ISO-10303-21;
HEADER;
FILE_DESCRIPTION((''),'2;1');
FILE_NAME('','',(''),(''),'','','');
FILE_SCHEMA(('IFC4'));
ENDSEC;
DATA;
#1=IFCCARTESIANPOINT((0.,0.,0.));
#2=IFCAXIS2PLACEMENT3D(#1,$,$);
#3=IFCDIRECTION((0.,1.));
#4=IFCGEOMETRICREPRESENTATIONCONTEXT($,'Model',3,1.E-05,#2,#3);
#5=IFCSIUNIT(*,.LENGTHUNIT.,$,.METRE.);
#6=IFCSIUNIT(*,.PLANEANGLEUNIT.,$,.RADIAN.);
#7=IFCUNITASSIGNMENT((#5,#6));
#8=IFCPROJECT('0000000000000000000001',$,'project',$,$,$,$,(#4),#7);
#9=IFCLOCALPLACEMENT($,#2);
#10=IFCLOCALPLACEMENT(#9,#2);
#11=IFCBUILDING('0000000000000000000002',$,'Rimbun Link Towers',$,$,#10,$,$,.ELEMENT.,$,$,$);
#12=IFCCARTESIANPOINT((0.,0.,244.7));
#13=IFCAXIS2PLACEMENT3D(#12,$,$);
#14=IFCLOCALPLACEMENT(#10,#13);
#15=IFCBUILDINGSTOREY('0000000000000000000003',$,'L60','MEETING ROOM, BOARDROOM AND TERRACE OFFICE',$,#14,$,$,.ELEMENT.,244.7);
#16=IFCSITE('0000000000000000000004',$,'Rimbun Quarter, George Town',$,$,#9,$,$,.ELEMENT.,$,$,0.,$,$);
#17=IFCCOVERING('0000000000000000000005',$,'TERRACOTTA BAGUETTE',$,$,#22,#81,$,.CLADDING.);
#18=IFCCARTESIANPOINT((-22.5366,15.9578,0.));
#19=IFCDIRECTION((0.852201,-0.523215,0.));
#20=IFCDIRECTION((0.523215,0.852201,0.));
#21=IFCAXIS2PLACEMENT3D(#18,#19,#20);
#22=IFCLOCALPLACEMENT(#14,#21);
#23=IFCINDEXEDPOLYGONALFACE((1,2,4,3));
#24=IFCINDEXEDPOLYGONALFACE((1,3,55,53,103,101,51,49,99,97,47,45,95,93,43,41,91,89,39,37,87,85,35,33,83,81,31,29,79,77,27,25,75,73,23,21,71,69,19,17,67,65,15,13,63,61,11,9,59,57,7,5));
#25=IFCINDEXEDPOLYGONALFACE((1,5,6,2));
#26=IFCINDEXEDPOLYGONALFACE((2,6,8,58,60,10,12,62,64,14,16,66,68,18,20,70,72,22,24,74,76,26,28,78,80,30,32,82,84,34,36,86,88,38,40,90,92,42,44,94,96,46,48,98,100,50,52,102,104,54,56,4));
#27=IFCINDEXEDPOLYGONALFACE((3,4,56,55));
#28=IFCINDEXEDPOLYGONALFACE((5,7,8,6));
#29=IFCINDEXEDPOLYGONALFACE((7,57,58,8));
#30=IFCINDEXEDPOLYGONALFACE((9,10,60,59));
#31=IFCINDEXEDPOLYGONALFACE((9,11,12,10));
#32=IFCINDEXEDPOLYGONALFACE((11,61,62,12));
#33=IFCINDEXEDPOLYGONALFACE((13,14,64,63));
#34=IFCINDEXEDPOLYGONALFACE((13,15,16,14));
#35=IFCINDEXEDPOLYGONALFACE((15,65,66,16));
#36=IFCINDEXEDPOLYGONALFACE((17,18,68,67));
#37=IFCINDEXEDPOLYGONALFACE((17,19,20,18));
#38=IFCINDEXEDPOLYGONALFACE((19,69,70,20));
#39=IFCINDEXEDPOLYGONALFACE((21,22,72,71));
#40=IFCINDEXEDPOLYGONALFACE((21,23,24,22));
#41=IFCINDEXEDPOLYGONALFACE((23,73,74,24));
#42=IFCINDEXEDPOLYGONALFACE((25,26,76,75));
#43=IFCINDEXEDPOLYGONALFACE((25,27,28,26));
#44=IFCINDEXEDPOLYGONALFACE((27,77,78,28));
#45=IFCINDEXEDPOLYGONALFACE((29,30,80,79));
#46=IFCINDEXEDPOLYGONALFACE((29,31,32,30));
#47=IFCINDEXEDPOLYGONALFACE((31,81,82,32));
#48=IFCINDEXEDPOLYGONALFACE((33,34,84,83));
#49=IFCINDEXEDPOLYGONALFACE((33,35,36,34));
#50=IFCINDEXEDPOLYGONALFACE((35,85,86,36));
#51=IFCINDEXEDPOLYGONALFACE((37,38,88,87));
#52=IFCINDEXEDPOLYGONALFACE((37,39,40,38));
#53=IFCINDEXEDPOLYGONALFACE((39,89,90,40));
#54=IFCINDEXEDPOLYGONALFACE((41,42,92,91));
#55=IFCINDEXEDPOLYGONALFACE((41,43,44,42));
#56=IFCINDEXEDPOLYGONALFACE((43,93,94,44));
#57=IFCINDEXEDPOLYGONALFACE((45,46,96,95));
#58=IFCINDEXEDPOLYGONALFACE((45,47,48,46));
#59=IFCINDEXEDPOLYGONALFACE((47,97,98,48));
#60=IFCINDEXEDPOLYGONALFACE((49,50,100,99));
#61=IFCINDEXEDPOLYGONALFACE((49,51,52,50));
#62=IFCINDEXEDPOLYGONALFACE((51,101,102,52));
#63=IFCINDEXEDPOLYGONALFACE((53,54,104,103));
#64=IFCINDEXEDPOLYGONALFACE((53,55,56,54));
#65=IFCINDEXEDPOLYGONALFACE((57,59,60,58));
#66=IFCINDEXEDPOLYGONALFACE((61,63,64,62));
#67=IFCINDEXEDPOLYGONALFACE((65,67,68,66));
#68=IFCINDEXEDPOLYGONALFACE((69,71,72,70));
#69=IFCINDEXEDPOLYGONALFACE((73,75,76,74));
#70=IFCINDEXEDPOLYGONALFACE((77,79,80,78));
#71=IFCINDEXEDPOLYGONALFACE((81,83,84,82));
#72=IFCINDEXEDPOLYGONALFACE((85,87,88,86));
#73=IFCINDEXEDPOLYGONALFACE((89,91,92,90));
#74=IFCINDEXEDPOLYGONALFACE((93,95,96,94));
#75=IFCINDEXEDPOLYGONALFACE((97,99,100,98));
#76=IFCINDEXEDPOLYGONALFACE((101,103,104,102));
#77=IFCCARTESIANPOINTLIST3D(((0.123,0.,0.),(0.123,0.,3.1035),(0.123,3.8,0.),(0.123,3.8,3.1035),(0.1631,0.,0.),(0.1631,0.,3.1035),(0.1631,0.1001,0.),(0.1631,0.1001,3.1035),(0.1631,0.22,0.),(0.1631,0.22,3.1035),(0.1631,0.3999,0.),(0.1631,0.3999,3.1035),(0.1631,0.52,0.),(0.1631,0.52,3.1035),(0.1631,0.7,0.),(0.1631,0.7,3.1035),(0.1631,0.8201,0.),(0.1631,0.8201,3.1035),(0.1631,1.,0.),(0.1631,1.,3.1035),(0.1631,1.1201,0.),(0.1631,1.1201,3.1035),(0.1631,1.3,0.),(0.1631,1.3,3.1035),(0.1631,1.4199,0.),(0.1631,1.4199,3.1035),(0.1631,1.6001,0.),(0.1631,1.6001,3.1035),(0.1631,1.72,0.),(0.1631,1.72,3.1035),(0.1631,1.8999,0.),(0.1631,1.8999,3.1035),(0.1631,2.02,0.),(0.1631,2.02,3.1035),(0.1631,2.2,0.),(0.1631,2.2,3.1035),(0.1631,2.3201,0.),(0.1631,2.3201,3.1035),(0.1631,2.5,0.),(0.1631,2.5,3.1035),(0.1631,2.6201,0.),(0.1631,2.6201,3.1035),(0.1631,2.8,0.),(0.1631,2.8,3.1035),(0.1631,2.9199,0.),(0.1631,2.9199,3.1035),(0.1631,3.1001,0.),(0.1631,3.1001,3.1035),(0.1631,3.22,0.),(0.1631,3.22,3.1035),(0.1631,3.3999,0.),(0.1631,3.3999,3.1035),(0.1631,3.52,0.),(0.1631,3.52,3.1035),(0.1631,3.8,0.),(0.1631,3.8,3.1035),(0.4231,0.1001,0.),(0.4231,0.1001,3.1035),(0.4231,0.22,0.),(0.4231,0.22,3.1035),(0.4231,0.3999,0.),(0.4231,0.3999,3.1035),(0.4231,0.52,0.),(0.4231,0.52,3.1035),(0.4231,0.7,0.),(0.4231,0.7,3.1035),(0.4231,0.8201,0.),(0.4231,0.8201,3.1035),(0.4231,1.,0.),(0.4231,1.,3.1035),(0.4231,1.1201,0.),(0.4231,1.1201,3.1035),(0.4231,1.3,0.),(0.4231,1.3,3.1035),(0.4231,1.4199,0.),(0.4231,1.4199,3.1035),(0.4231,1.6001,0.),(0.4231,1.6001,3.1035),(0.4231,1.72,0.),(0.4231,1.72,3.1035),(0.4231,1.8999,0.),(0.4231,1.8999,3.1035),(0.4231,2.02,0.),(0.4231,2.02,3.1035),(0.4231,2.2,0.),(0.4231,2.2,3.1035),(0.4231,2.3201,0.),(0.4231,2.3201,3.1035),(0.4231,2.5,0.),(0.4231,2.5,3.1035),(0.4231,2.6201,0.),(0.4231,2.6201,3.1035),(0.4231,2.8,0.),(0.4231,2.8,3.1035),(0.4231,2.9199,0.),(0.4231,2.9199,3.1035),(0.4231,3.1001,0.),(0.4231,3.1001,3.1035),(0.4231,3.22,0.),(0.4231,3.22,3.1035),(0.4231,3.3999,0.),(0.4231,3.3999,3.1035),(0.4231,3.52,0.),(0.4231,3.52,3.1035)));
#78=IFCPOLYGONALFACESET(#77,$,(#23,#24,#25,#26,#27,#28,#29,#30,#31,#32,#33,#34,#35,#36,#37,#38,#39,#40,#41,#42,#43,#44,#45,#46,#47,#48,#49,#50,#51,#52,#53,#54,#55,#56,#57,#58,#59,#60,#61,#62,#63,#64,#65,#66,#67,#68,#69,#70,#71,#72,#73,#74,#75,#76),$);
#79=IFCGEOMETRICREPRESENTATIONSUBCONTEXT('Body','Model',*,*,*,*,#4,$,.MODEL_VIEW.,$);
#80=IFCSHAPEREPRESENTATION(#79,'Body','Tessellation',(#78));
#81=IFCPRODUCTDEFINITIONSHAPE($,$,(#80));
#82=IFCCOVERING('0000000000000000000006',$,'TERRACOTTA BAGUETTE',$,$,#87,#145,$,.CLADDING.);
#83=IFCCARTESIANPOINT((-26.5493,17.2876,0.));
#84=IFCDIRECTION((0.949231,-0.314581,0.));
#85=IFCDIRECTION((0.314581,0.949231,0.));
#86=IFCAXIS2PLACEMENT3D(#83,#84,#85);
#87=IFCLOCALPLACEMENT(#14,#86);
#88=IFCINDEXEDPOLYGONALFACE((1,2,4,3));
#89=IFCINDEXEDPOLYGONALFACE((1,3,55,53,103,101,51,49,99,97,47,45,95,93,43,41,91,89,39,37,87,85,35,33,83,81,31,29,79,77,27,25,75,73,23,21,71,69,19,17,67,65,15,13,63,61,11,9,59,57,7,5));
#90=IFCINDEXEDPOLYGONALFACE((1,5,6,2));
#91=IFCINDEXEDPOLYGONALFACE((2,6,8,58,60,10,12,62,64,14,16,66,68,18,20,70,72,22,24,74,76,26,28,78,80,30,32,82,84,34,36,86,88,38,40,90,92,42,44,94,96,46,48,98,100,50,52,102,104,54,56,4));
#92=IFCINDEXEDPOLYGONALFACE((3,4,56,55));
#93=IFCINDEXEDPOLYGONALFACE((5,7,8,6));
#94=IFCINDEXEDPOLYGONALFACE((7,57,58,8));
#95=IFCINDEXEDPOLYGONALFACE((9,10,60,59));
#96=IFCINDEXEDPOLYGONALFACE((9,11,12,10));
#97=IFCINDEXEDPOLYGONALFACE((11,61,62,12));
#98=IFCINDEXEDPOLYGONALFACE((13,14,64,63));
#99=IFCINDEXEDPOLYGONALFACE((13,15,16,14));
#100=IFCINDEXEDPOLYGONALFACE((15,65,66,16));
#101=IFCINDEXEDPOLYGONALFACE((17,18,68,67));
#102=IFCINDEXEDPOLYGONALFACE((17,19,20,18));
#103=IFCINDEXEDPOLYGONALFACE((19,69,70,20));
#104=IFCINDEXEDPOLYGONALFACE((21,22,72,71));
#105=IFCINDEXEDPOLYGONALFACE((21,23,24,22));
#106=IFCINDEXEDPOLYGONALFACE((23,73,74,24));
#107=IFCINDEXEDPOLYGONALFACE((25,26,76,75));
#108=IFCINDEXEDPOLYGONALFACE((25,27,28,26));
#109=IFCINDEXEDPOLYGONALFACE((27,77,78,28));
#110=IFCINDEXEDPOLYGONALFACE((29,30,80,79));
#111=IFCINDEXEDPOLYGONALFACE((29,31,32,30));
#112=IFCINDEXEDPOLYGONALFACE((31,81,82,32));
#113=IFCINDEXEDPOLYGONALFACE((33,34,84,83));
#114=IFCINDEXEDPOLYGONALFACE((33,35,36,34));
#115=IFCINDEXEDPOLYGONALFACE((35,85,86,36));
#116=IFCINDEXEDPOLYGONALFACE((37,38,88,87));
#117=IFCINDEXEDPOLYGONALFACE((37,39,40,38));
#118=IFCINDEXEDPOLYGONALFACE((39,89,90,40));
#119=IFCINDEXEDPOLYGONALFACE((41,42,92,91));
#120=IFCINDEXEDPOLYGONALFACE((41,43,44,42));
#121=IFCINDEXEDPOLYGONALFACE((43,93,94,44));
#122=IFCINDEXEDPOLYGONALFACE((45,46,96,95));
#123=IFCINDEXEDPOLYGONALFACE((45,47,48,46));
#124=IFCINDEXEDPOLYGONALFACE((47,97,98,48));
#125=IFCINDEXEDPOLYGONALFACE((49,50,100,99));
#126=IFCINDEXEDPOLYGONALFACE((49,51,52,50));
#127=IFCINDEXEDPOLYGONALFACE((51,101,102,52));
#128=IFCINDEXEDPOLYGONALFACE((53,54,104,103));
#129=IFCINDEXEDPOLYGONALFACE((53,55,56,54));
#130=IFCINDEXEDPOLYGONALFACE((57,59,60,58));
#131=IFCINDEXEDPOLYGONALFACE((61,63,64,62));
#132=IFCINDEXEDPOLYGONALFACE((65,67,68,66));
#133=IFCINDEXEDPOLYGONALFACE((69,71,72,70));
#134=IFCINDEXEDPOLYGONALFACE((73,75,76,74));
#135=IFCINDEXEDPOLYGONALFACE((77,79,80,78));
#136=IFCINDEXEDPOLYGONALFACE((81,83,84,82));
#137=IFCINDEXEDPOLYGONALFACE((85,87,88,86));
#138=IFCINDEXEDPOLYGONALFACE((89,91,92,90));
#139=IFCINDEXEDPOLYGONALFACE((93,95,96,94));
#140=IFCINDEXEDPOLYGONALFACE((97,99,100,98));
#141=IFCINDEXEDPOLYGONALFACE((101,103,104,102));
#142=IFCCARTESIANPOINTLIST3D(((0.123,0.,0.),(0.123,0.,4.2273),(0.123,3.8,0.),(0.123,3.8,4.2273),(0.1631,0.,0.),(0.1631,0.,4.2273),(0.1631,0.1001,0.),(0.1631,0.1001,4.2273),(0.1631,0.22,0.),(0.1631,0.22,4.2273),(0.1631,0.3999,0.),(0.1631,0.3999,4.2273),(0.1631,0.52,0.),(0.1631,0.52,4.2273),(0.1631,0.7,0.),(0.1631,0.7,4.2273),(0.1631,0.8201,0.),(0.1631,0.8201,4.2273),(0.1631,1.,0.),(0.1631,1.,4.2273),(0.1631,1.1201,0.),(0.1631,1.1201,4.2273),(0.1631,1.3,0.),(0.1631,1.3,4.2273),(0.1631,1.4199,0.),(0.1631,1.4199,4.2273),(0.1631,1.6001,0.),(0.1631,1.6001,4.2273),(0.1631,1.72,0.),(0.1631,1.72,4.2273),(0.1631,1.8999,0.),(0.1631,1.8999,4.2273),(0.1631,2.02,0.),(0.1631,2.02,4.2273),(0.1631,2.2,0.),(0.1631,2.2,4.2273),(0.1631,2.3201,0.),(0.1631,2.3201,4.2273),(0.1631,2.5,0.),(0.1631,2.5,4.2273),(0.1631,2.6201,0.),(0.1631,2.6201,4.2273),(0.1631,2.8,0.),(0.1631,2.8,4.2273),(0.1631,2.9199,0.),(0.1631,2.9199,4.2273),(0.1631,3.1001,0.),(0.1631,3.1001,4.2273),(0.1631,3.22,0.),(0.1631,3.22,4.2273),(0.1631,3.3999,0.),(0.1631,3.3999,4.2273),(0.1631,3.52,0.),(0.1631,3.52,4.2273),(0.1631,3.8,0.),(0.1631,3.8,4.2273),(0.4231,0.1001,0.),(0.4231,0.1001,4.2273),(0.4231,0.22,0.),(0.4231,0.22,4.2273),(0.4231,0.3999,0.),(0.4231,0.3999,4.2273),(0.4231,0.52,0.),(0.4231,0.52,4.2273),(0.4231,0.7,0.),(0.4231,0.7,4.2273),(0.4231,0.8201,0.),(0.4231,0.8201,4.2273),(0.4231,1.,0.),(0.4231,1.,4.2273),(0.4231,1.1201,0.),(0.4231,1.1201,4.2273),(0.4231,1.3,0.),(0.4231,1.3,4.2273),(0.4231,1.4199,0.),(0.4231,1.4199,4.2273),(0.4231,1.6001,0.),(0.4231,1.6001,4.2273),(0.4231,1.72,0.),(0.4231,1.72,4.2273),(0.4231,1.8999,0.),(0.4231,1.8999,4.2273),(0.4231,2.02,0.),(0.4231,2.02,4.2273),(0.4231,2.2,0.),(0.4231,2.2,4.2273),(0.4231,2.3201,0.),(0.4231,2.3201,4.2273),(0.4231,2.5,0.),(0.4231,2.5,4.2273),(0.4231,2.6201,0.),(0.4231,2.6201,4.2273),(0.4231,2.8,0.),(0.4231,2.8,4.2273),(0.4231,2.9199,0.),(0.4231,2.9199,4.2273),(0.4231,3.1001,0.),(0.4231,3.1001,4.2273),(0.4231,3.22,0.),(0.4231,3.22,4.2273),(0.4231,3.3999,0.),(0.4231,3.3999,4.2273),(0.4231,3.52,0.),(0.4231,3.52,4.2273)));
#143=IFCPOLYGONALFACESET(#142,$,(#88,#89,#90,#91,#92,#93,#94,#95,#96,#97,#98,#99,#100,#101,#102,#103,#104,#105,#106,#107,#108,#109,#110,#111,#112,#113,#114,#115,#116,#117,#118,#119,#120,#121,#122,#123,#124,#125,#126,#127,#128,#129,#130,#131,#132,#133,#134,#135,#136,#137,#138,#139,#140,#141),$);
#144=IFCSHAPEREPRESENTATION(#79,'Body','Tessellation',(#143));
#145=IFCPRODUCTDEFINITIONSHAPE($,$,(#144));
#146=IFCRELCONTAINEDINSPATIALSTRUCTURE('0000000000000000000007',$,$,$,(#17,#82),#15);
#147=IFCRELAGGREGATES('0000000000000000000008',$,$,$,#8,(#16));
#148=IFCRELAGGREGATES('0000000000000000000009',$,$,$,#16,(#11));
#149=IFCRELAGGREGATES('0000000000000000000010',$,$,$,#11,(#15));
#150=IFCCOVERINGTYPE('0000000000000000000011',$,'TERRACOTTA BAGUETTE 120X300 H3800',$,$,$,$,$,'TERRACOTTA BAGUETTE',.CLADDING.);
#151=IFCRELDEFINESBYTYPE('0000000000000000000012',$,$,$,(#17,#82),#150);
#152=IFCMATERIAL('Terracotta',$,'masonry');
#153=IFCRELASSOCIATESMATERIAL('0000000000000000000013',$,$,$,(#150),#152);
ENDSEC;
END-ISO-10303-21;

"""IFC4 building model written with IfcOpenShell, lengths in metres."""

from ifc_helpers import new_model, si_unit, direction, frame, origin, place, context, subcontext, project, spatial, polyline, outline, extrude, material, material_profile, profile_set, type_object, element, save


model = new_model("IFC4")

# Units and contexts
model_context = context("Model", 3, precision=1e-05, world=origin(), true_north=direction((0.0, 1.0)))
body_context = subcontext(model_context, "Body", "Model", "MODEL_VIEW")
ifc_project = project(units=[si_unit("LENGTHUNIT", "METRE"), si_unit("PLANEANGLEUNIT", "RADIAN")], contexts=[model_context])

# Site, building, storey
site_placement = place(None, origin())
site = spatial("IfcSite", under=ifc_project, at=site_placement, Name="Rimbun Quarter, George Town", CompositionType="ELEMENT", RefElevation=0.0)
building_placement = place(site_placement, origin())
building = spatial("IfcBuilding", under=site, at=building_placement, Name="Rimbun Link Towers", CompositionType="ELEMENT")
storey_placement = place(building_placement, frame((0.0, 0.0, 244.7)))
storey = spatial("IfcBuildingStorey", under=building, at=storey_placement, Name="L60", Description="MEETING ROOM, BOARDROOM AND TERRACE OFFICE", CompositionType="ELEMENT", Elevation=244.7)

# Coverings
ifc_material_1 = material(Name="Terracotta", Category="masonry")
ifc_material_profile_1 = material_profile(ifc_material_1, outline(polyline([(0.123, 0.0), (0.1631, 0.0), (0.1631, 0.1001), (0.4231, 0.1001), (0.4231, 0.22), (0.1631, 0.22), (0.1631, 0.3999), (0.4231, 0.3999), (0.4231, 0.52), (0.1631, 0.52), (0.1631, 0.7), (0.4231, 0.7), (0.4231, 0.8201), (0.1631, 0.8201), (0.1631, 1.0), (0.4231, 1.0), (0.4231, 1.1201), (0.1631, 1.1201), (0.1631, 1.3), (0.4231, 1.3), (0.4231, 1.4199), (0.1631, 1.4199), (0.1631, 1.6001), (0.4231, 1.6001), (0.4231, 1.72), (0.1631, 1.72), (0.1631, 1.8999), (0.4231, 1.8999), (0.4231, 2.02), (0.1631, 2.02), (0.1631, 2.2), (0.4231, 2.2), (0.4231, 2.3201), (0.1631, 2.3201), (0.1631, 2.5), (0.4231, 2.5), (0.4231, 2.6201), (0.1631, 2.6201), (0.1631, 2.8), (0.4231, 2.8), (0.4231, 2.9199), (0.1631, 2.9199), (0.1631, 3.1001), (0.4231, 3.1001), (0.4231, 3.22), (0.1631, 3.22), (0.1631, 3.3999), (0.4231, 3.3999), (0.4231, 3.52), (0.1631, 3.52), (0.1631, 3.8), (0.123, 3.8), (0.123, 0.0)])), Name="BAGUETTE 120X300")
ifc_profile_set_1 = profile_set([ifc_material_profile_1], Name="Terracotta")
covering_type = type_object("IfcCoveringType", Name="TERRACOTTA BAGUETTE 120X300 H3800", ElementType="TERRACOTTA BAGUETTE", PredefinedType="CLADDING", material=ifc_profile_set_1)
covering_1_placement = place(storey_placement, frame((-22.5366, 15.9578, 0.0), z_axis=(0.852201, -0.523215, 0.0), x_axis=(0.523215, 0.852201, 0.0)))
element("IfcCovering", 1, at=covering_1_placement, inside=storey, type_object=covering_type, Name="TERRACOTTA BAGUETTE", PredefinedType="CLADDING", context=body_context, shape_type="SweptSolid", body=[
    extrude(outline(polyline([(0.123, 0.0), (0.1631, 0.0), (0.1631, 0.1001), (0.4231, 0.1001), (0.4231, 0.22), (0.1631, 0.22), (0.1631, 0.3999), (0.4231, 0.3999), (0.4231, 0.52), (0.1631, 0.52), (0.1631, 0.7), (0.4231, 0.7), (0.4231, 0.8201), (0.1631, 0.8201), (0.1631, 1.0), (0.4231, 1.0), (0.4231, 1.1201), (0.1631, 1.1201), (0.1631, 1.3), (0.4231, 1.3), (0.4231, 1.4199), (0.1631, 1.4199), (0.1631, 1.6001), (0.4231, 1.6001), (0.4231, 1.72), (0.1631, 1.72), (0.1631, 1.8999), (0.4231, 1.8999), (0.4231, 2.02), (0.1631, 2.02), (0.1631, 2.2), (0.4231, 2.2), (0.4231, 2.3201), (0.1631, 2.3201), (0.1631, 2.5), (0.4231, 2.5), (0.4231, 2.6201), (0.1631, 2.6201), (0.1631, 2.8), (0.4231, 2.8), (0.4231, 2.9199), (0.1631, 2.9199), (0.1631, 3.1001), (0.4231, 3.1001), (0.4231, 3.22), (0.1631, 3.22), (0.1631, 3.3999), (0.4231, 3.3999), (0.4231, 3.52), (0.1631, 3.52), (0.1631, 3.8), (0.123, 3.8), (0.123, 0.0)])), origin(), (0.0, 0.0, 1.0), 3.1035),
])
covering_2_placement = place(storey_placement, frame((-26.5493, 17.2876, 0.0), z_axis=(0.949231, -0.314581, 0.0), x_axis=(0.314581, 0.949231, 0.0)))
element("IfcCovering", 2, at=covering_2_placement, inside=storey, type_object=covering_type, Name="TERRACOTTA BAGUETTE", PredefinedType="CLADDING", context=body_context, shape_type="SweptSolid", body=[
    extrude(outline(polyline([(0.123, 0.0), (0.1631, 0.0), (0.1631, 0.1001), (0.4231, 0.1001), (0.4231, 0.22), (0.1631, 0.22), (0.1631, 0.3999), (0.4231, 0.3999), (0.4231, 0.52), (0.1631, 0.52), (0.1631, 0.7), (0.4231, 0.7), (0.4231, 0.8201), (0.1631, 0.8201), (0.1631, 1.0), (0.4231, 1.0), (0.4231, 1.1201), (0.1631, 1.1201), (0.1631, 1.3), (0.4231, 1.3), (0.4231, 1.4199), (0.1631, 1.4199), (0.1631, 1.6001), (0.4231, 1.6001), (0.4231, 1.72), (0.1631, 1.72), (0.1631, 1.8999), (0.4231, 1.8999), (0.4231, 2.02), (0.1631, 2.02), (0.1631, 2.2), (0.4231, 2.2), (0.4231, 2.3201), (0.1631, 2.3201), (0.1631, 2.5), (0.4231, 2.5), (0.4231, 2.6201), (0.1631, 2.6201), (0.1631, 2.8), (0.4231, 2.8), (0.4231, 2.9199), (0.1631, 2.9199), (0.1631, 3.1001), (0.4231, 3.1001), (0.4231, 3.22), (0.1631, 3.22), (0.1631, 3.3999), (0.4231, 3.3999), (0.4231, 3.52), (0.1631, 3.52), (0.1631, 3.8), (0.123, 3.8), (0.123, 0.0)])), origin(), (0.0, 0.0, 1.0), 4.2273),
])

save(model, "model.ifc")
